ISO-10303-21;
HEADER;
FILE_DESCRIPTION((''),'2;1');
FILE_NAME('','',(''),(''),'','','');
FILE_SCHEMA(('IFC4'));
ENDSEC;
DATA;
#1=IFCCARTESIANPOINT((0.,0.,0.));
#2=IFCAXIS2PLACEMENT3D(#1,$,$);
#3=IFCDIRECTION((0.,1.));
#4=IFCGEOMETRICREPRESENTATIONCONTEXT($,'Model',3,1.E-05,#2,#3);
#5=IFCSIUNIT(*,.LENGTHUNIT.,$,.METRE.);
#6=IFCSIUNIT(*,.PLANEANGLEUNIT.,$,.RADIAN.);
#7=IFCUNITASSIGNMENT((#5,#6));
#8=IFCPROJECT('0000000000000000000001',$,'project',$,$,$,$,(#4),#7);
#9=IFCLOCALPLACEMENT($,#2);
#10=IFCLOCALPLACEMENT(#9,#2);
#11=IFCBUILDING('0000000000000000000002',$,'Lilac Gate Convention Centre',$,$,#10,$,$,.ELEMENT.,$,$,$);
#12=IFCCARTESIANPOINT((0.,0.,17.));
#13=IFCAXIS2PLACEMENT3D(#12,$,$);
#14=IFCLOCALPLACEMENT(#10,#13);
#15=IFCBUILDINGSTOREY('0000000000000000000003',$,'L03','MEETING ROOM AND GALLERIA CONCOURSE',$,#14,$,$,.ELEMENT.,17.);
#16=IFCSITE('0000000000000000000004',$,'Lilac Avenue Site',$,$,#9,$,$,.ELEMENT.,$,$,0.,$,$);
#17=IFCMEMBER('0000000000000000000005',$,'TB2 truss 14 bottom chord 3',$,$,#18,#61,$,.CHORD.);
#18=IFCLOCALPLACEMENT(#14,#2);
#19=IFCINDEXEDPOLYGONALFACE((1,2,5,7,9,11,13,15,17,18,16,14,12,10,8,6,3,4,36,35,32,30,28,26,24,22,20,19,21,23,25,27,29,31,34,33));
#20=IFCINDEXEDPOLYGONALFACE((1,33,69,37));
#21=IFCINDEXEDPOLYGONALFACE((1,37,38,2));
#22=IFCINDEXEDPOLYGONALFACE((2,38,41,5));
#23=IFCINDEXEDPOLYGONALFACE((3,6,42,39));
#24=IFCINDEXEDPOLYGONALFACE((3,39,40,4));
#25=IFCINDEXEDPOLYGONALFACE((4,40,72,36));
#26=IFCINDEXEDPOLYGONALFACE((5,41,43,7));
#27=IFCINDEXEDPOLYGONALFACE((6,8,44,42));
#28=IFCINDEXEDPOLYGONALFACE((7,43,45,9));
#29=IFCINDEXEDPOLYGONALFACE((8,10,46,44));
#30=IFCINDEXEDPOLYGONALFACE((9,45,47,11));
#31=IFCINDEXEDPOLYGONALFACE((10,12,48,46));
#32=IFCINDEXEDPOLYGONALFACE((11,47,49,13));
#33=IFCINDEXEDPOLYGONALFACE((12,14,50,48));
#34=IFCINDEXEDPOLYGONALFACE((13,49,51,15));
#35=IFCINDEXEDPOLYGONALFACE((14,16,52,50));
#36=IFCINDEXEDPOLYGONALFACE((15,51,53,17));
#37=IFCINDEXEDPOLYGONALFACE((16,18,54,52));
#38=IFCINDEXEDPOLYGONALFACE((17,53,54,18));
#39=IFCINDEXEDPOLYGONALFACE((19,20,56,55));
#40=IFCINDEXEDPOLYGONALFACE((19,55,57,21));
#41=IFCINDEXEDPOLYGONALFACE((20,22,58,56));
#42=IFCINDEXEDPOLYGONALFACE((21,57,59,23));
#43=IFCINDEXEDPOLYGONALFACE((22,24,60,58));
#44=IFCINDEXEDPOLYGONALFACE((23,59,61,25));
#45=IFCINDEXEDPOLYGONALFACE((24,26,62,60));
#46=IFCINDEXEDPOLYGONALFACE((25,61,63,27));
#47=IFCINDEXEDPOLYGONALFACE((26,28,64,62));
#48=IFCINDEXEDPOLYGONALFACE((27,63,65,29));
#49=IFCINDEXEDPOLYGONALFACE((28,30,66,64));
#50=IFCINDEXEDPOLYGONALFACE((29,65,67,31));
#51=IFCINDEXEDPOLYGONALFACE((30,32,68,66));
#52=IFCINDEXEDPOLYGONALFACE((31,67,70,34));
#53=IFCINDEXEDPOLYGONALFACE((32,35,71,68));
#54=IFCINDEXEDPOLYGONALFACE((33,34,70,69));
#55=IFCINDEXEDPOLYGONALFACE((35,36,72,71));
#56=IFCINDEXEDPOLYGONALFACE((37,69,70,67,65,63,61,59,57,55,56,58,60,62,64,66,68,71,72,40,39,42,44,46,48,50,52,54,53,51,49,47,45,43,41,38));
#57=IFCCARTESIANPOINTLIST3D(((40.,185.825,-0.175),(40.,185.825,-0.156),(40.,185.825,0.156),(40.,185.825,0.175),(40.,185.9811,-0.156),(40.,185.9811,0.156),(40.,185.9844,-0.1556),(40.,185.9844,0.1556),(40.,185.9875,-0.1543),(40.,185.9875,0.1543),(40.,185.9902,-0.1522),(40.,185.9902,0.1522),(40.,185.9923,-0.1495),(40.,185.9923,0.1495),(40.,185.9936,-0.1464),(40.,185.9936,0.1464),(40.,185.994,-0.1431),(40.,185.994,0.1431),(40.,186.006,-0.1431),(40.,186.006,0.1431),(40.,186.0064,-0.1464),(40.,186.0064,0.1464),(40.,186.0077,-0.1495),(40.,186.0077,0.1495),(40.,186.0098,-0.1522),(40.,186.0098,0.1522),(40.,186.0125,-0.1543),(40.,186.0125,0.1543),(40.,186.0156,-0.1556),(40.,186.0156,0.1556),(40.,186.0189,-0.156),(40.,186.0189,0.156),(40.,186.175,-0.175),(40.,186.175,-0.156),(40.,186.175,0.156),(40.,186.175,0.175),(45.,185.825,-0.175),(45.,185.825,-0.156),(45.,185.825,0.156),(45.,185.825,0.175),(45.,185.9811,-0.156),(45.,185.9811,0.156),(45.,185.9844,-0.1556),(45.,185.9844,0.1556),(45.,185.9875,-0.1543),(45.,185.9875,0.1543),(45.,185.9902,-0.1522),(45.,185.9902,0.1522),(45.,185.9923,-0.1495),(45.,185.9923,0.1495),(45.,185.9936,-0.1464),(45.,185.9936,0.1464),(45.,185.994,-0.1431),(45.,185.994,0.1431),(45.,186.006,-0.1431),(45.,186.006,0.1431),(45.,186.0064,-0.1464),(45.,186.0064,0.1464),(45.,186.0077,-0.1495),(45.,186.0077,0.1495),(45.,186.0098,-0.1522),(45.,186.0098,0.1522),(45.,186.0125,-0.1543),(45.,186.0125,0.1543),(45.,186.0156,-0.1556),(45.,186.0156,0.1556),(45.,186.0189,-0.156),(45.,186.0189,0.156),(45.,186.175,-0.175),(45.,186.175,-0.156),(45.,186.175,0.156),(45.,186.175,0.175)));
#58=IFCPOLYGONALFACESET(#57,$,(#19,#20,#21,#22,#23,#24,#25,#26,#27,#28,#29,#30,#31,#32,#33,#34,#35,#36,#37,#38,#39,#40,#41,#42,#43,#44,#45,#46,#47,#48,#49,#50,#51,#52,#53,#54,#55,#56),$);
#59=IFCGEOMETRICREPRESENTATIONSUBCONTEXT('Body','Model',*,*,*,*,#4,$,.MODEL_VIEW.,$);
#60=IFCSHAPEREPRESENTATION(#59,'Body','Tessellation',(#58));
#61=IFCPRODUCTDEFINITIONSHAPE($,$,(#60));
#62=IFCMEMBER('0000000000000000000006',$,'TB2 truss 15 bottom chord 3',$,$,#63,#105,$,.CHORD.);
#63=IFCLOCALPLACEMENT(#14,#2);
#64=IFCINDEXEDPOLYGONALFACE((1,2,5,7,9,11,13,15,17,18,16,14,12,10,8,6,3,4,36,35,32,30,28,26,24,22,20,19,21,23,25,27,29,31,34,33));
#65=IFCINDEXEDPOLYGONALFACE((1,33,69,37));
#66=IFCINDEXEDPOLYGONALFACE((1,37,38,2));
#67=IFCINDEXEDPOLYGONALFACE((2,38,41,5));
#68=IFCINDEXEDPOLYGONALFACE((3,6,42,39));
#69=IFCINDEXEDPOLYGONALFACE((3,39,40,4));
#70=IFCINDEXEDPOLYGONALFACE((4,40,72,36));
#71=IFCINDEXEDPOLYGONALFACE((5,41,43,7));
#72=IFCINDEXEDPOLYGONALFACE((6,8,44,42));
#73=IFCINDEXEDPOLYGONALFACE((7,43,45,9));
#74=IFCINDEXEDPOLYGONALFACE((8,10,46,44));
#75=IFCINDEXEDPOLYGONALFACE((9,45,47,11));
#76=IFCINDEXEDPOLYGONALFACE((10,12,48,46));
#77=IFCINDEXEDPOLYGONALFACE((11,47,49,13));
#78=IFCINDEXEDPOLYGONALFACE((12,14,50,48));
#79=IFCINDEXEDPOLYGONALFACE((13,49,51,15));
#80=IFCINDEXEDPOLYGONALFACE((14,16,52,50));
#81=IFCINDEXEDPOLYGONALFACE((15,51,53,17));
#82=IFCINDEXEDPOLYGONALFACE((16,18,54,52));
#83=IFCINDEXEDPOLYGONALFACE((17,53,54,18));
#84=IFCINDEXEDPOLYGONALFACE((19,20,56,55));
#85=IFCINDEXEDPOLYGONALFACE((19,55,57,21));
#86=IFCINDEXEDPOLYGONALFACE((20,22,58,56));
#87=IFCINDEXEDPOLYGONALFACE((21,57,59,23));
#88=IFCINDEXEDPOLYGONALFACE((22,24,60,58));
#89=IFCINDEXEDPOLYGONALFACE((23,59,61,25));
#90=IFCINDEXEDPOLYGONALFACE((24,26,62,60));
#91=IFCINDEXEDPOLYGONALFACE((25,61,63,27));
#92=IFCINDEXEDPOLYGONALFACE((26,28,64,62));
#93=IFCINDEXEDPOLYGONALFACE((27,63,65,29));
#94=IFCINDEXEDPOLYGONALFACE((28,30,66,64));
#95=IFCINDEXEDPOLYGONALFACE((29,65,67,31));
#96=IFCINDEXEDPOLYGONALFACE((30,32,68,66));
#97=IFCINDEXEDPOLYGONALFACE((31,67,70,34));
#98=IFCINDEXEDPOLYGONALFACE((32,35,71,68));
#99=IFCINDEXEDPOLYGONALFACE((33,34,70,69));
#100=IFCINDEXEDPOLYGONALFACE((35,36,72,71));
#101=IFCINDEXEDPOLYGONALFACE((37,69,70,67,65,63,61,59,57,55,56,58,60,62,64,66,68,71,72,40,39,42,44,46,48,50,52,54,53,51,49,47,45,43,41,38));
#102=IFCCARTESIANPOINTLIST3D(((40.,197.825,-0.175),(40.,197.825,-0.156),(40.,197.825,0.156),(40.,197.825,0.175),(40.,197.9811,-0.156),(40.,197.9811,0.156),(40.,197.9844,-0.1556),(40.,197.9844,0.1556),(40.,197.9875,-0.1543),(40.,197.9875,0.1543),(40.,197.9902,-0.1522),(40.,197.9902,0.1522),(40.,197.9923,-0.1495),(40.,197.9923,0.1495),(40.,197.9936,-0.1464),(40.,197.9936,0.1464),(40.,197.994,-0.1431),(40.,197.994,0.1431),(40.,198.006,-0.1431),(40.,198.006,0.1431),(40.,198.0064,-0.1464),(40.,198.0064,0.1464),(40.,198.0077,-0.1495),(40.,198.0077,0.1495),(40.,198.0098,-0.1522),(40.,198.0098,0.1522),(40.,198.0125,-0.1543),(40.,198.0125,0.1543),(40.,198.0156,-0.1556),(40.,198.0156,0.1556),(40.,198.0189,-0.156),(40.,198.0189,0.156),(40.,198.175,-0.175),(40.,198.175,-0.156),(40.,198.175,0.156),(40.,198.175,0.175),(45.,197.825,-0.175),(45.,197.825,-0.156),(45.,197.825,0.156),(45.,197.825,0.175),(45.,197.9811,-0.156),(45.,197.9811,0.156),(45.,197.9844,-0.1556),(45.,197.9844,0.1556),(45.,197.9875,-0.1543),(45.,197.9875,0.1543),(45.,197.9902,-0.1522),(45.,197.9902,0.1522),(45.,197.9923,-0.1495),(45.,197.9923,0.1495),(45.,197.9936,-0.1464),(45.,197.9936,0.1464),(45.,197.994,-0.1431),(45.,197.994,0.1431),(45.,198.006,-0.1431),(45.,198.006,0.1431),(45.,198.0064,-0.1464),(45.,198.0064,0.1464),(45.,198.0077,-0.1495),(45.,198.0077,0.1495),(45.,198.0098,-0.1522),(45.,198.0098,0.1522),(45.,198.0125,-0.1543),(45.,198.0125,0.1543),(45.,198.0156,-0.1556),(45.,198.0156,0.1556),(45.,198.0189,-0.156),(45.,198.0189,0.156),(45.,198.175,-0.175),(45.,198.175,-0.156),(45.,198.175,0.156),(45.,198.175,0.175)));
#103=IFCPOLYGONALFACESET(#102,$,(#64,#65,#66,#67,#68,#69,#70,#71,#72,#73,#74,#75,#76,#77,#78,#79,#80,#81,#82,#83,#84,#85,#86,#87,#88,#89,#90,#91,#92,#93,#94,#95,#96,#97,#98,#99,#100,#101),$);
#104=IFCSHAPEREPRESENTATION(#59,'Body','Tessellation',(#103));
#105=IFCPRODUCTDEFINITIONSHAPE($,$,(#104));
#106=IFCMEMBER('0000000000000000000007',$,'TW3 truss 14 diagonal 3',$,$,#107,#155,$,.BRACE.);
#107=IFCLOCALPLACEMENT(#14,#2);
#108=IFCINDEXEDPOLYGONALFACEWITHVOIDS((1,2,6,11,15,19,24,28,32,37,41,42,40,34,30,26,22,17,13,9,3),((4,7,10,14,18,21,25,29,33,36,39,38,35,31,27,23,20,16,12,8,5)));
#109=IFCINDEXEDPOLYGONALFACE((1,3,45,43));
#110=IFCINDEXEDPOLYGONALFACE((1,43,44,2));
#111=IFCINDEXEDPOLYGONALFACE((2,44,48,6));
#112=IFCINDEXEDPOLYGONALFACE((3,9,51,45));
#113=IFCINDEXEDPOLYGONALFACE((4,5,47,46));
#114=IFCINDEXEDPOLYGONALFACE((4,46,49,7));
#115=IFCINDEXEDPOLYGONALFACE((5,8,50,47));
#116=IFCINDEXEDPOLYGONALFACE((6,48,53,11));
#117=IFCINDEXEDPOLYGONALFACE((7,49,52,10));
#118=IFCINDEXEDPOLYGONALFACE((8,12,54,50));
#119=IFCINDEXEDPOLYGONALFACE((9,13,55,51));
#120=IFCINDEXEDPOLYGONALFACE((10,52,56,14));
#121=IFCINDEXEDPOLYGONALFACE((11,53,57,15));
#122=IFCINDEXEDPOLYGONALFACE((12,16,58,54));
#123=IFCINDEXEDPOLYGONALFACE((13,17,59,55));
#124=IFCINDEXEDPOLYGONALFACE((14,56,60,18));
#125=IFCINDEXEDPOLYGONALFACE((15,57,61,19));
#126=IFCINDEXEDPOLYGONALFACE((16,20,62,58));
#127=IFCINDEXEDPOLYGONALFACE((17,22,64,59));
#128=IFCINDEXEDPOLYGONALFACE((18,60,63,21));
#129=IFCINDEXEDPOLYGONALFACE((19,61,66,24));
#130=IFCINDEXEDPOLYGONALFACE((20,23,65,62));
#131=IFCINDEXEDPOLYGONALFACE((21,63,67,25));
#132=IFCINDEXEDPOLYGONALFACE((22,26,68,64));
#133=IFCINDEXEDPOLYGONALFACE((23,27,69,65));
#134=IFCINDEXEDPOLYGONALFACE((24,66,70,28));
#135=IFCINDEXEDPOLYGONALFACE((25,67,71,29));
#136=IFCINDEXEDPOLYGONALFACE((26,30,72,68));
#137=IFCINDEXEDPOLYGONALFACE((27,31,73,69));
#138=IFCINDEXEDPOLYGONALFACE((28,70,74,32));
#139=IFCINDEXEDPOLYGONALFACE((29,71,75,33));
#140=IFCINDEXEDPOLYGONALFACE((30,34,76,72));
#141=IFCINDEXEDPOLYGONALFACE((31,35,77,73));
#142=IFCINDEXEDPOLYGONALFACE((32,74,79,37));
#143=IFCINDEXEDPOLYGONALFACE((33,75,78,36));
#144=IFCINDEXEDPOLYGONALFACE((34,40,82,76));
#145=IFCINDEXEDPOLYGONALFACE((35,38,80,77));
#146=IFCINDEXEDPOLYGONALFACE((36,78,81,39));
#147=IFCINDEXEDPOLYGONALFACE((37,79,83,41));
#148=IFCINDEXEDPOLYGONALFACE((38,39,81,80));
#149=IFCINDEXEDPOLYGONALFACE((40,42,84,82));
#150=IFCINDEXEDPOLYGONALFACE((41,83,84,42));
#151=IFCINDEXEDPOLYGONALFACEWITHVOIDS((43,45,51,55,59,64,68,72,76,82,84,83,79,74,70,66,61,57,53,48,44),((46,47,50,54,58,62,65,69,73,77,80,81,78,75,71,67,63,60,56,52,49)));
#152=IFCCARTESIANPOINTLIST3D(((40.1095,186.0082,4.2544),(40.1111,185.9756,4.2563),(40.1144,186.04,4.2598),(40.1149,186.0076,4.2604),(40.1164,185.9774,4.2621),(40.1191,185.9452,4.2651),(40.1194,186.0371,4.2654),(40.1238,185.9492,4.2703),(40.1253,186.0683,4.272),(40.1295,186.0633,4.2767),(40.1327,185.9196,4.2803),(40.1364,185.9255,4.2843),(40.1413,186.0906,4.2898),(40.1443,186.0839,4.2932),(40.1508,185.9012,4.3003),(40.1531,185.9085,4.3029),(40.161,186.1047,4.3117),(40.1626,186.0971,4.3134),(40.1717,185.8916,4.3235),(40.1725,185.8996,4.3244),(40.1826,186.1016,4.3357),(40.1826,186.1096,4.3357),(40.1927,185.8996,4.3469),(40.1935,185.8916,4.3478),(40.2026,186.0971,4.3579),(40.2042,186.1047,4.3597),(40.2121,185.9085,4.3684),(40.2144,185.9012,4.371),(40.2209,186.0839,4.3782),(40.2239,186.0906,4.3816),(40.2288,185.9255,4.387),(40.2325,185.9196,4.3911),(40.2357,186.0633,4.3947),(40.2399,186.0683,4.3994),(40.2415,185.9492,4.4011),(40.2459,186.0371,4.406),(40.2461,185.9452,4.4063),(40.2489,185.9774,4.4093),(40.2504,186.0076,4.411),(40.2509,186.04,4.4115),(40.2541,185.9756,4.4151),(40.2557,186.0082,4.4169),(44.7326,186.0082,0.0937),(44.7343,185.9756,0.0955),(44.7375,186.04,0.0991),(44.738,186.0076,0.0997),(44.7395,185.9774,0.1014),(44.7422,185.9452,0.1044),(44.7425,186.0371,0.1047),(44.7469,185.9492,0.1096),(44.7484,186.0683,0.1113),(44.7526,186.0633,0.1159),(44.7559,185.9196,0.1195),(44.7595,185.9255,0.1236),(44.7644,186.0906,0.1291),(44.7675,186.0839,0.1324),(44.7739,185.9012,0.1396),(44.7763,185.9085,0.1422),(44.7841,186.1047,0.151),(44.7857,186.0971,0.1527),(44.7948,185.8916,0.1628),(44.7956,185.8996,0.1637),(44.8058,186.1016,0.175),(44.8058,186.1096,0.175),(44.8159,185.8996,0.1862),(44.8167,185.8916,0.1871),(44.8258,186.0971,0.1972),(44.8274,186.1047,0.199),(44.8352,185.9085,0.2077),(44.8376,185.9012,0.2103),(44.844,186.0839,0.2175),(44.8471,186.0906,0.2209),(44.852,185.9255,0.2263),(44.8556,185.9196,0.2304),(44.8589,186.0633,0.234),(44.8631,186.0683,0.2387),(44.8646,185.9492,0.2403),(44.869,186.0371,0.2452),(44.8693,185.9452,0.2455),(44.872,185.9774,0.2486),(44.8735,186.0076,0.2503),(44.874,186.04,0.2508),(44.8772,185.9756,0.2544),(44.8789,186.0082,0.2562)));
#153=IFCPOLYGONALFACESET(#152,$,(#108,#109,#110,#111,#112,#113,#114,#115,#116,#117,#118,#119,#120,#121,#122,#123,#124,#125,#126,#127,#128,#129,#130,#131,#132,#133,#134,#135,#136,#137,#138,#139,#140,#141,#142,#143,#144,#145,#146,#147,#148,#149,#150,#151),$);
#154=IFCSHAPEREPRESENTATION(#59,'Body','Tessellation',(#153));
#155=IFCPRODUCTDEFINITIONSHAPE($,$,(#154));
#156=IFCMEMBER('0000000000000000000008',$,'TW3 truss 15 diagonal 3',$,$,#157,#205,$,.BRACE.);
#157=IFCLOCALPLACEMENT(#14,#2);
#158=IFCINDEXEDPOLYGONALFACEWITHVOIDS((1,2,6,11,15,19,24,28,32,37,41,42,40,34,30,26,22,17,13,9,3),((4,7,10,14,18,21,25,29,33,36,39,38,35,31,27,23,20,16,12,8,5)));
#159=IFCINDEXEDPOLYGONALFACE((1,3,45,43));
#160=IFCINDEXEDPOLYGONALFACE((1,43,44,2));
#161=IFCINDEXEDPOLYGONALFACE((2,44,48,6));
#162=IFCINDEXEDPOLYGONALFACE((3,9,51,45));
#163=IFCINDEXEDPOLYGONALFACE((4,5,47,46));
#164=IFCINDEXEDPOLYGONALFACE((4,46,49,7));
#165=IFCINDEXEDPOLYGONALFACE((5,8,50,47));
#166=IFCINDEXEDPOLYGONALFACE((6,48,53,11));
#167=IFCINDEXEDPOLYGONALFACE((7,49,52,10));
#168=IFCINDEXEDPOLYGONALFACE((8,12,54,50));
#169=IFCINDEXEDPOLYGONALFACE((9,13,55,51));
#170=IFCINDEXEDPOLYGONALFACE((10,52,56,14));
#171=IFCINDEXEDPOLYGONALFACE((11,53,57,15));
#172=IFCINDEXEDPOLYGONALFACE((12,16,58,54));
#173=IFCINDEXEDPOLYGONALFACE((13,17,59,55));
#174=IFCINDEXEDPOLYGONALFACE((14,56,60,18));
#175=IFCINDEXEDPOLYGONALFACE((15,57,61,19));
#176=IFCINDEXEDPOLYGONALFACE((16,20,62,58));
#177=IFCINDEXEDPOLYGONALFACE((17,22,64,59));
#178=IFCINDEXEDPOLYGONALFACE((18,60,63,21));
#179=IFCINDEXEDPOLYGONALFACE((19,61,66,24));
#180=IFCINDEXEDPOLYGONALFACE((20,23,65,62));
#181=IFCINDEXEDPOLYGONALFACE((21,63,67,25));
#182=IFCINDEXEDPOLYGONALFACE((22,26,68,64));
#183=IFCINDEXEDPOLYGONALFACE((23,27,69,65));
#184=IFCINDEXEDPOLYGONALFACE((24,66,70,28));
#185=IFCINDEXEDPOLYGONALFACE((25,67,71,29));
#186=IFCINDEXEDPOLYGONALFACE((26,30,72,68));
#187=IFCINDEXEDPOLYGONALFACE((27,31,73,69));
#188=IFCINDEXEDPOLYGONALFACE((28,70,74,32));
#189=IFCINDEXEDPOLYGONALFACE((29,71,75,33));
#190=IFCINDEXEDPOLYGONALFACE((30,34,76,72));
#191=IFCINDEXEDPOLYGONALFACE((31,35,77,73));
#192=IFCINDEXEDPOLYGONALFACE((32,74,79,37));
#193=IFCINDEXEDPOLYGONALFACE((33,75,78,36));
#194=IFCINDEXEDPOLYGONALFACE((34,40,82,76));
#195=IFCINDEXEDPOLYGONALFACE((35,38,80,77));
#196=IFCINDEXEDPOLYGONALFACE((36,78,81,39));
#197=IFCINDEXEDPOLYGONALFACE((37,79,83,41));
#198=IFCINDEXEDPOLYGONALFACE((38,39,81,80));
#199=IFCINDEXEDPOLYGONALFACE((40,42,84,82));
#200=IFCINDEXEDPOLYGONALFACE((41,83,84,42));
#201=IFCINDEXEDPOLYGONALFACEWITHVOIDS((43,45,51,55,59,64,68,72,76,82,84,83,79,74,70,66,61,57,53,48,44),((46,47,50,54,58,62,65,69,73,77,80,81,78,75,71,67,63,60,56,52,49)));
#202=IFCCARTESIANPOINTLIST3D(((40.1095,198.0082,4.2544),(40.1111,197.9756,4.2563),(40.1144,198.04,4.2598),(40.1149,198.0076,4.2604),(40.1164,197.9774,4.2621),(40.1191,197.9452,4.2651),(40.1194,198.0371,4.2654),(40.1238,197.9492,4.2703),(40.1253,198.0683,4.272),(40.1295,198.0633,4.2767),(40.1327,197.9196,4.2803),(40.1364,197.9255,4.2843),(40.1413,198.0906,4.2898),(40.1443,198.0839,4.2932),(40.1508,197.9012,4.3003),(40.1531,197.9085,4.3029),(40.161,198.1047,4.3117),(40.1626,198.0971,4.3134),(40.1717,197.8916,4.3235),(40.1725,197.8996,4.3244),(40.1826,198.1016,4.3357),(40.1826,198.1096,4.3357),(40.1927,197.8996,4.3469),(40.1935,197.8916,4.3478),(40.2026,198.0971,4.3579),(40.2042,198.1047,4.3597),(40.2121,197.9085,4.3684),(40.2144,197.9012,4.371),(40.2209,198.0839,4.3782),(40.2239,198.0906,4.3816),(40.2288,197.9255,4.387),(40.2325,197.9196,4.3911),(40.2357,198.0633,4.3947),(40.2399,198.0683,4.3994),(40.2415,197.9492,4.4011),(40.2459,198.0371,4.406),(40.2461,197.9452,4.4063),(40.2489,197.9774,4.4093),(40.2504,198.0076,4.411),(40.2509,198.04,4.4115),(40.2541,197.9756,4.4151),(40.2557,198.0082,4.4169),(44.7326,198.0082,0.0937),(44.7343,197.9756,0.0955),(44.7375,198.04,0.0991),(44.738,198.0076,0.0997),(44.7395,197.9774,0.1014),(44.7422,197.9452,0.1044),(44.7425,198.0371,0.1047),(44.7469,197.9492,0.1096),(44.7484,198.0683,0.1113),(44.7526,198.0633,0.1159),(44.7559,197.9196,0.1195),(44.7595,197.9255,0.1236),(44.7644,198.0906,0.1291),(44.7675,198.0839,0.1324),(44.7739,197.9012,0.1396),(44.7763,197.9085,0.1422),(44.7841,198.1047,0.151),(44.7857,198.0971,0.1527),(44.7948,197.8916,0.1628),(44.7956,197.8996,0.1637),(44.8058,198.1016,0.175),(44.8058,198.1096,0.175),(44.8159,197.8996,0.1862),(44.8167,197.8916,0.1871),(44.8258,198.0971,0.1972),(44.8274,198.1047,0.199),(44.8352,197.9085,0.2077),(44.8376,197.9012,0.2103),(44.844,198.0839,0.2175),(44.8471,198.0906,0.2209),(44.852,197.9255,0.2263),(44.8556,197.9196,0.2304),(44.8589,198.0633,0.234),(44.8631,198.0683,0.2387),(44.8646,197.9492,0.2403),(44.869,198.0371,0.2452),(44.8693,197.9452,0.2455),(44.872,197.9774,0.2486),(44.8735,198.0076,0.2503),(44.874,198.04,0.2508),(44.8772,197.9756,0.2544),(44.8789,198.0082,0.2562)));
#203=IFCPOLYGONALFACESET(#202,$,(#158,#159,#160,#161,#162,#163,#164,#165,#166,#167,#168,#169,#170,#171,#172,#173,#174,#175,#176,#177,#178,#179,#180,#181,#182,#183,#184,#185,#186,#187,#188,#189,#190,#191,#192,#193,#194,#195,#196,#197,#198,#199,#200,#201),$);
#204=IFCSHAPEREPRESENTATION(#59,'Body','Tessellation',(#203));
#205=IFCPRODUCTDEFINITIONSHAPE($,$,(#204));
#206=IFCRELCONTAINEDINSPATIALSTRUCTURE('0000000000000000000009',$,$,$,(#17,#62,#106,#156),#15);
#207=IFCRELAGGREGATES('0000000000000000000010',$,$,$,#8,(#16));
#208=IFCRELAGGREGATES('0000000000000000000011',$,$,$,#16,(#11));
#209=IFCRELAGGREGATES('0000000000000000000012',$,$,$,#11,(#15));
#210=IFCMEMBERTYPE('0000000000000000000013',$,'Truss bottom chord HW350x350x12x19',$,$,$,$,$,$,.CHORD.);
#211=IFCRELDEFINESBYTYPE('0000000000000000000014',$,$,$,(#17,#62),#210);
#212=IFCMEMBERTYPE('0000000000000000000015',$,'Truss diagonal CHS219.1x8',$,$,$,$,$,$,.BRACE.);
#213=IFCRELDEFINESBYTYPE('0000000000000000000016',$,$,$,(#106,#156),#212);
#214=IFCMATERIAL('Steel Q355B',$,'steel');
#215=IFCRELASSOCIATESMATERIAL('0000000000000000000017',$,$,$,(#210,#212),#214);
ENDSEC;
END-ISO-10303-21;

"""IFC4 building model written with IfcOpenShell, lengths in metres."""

from ifc_helpers import new_model, si_unit, direction, frame, origin, origin_2d, place, context, subcontext, project, spatial, hollow_circle, i_section, extrude, material, material_profile, profile_set, type_object, element, save


model = new_model("IFC4")

# Units and contexts
model_context = context("Model", 3, precision=1e-05, world=origin(), true_north=direction((0.0, 1.0)))
body_context = subcontext(model_context, "Body", "Model", "MODEL_VIEW")
ifc_project = project(units=[si_unit("LENGTHUNIT", "METRE"), si_unit("PLANEANGLEUNIT", "RADIAN")], contexts=[model_context])

# Site, building, storey
site_placement = place(None, origin())
site = spatial("IfcSite", under=ifc_project, at=site_placement, Name="Lilac Avenue Site", CompositionType="ELEMENT", RefElevation=0.0)
building_placement = place(site_placement, origin())
building = spatial("IfcBuilding", under=site, at=building_placement, Name="Lilac Gate Convention Centre", CompositionType="ELEMENT")
storey_placement = place(building_placement, frame((0.0, 0.0, 17.0)))
storey = spatial("IfcBuildingStorey", under=building, at=storey_placement, Name="L03", Description="MEETING ROOM AND GALLERIA CONCOURSE", CompositionType="ELEMENT", Elevation=17.0)

# Members
ifc_material = material(Name="Steel Q355B", Category="steel")
ifc_material_profile_1 = material_profile(ifc_material, i_section(OverallWidth=0.3501, OverallDepth=0.3501, WebThickness=0.012, FlangeThickness=0.019, FilletRadius=0.0129, at=origin_2d()), Name="HW350x350x12x19")
ifc_profile_set_1 = profile_set([ifc_material_profile_1], Name="Steel Q355B")
member_type_1 = type_object("IfcMemberType", Name="Truss bottom chord HW350x350x12x19", PredefinedType="CHORD", material=ifc_profile_set_1)
for number, where, z_axis, x_axis, name in (
    (1, (40.0, 186.0, 0.0), (1.0, 0.0, 0.0), (0.0, 1.0, 0.0), "TB2 truss 14 bottom chord 3"),
    (2, (40.0, 198.0, 0.0), (1.0, 0.0, 0.0), (0.0, 1.0, 0.0), "TB2 truss 15 bottom chord 3"),
):
    element("IfcMember", number, at=place(storey_placement, frame(where, z_axis=z_axis, x_axis=x_axis)), inside=storey, type_object=member_type_1, Name=name, PredefinedType="CHORD", context=body_context, shape_type="SweptSolid", body=[
        extrude(i_section(OverallWidth=0.3501, OverallDepth=0.3501, WebThickness=0.012, FlangeThickness=0.019, FilletRadius=0.0129, at=origin_2d()), origin(), (0.0, 0.0, 1.0), 5.0),
    ])
ifc_material_profile_2 = material_profile(ifc_material, hollow_circle(Radius=0.1096, WallThickness=0.0081, at=origin_2d()), Name="CHS219.1x8")
ifc_profile_set_2 = profile_set([ifc_material_profile_2], Name="Steel Q355B")
member_type_2 = type_object("IfcMemberType", Name="Truss diagonal CHS219.1x8", PredefinedType="BRACE", material=ifc_profile_set_2)
for number, where, z_axis, x_axis, name in (
    (3, (40.1826, 186.0, 4.3357), (0.743302, 0.0, -0.668956), (0.0, 1.0, 0.0), "TW3 truss 14 diagonal 3"),
    (4, (40.1826, 198.0, 4.3357), (0.743302, 0.0, -0.668956), (0.0, 1.0, 0.0), "TW3 truss 15 diagonal 3"),
):
    element("IfcMember", number, at=place(storey_placement, frame(where, z_axis=z_axis, x_axis=x_axis)), inside=storey, type_object=member_type_2, Name=name, PredefinedType="BRACE", context=body_context, shape_type="SweptSolid", body=[
        extrude(hollow_circle(Radius=0.1096, WallThickness=0.0081, at=origin_2d()), origin(), (0.0, 0.0, 1.0), 6.2197),
    ])

save(model, "model.ifc")
